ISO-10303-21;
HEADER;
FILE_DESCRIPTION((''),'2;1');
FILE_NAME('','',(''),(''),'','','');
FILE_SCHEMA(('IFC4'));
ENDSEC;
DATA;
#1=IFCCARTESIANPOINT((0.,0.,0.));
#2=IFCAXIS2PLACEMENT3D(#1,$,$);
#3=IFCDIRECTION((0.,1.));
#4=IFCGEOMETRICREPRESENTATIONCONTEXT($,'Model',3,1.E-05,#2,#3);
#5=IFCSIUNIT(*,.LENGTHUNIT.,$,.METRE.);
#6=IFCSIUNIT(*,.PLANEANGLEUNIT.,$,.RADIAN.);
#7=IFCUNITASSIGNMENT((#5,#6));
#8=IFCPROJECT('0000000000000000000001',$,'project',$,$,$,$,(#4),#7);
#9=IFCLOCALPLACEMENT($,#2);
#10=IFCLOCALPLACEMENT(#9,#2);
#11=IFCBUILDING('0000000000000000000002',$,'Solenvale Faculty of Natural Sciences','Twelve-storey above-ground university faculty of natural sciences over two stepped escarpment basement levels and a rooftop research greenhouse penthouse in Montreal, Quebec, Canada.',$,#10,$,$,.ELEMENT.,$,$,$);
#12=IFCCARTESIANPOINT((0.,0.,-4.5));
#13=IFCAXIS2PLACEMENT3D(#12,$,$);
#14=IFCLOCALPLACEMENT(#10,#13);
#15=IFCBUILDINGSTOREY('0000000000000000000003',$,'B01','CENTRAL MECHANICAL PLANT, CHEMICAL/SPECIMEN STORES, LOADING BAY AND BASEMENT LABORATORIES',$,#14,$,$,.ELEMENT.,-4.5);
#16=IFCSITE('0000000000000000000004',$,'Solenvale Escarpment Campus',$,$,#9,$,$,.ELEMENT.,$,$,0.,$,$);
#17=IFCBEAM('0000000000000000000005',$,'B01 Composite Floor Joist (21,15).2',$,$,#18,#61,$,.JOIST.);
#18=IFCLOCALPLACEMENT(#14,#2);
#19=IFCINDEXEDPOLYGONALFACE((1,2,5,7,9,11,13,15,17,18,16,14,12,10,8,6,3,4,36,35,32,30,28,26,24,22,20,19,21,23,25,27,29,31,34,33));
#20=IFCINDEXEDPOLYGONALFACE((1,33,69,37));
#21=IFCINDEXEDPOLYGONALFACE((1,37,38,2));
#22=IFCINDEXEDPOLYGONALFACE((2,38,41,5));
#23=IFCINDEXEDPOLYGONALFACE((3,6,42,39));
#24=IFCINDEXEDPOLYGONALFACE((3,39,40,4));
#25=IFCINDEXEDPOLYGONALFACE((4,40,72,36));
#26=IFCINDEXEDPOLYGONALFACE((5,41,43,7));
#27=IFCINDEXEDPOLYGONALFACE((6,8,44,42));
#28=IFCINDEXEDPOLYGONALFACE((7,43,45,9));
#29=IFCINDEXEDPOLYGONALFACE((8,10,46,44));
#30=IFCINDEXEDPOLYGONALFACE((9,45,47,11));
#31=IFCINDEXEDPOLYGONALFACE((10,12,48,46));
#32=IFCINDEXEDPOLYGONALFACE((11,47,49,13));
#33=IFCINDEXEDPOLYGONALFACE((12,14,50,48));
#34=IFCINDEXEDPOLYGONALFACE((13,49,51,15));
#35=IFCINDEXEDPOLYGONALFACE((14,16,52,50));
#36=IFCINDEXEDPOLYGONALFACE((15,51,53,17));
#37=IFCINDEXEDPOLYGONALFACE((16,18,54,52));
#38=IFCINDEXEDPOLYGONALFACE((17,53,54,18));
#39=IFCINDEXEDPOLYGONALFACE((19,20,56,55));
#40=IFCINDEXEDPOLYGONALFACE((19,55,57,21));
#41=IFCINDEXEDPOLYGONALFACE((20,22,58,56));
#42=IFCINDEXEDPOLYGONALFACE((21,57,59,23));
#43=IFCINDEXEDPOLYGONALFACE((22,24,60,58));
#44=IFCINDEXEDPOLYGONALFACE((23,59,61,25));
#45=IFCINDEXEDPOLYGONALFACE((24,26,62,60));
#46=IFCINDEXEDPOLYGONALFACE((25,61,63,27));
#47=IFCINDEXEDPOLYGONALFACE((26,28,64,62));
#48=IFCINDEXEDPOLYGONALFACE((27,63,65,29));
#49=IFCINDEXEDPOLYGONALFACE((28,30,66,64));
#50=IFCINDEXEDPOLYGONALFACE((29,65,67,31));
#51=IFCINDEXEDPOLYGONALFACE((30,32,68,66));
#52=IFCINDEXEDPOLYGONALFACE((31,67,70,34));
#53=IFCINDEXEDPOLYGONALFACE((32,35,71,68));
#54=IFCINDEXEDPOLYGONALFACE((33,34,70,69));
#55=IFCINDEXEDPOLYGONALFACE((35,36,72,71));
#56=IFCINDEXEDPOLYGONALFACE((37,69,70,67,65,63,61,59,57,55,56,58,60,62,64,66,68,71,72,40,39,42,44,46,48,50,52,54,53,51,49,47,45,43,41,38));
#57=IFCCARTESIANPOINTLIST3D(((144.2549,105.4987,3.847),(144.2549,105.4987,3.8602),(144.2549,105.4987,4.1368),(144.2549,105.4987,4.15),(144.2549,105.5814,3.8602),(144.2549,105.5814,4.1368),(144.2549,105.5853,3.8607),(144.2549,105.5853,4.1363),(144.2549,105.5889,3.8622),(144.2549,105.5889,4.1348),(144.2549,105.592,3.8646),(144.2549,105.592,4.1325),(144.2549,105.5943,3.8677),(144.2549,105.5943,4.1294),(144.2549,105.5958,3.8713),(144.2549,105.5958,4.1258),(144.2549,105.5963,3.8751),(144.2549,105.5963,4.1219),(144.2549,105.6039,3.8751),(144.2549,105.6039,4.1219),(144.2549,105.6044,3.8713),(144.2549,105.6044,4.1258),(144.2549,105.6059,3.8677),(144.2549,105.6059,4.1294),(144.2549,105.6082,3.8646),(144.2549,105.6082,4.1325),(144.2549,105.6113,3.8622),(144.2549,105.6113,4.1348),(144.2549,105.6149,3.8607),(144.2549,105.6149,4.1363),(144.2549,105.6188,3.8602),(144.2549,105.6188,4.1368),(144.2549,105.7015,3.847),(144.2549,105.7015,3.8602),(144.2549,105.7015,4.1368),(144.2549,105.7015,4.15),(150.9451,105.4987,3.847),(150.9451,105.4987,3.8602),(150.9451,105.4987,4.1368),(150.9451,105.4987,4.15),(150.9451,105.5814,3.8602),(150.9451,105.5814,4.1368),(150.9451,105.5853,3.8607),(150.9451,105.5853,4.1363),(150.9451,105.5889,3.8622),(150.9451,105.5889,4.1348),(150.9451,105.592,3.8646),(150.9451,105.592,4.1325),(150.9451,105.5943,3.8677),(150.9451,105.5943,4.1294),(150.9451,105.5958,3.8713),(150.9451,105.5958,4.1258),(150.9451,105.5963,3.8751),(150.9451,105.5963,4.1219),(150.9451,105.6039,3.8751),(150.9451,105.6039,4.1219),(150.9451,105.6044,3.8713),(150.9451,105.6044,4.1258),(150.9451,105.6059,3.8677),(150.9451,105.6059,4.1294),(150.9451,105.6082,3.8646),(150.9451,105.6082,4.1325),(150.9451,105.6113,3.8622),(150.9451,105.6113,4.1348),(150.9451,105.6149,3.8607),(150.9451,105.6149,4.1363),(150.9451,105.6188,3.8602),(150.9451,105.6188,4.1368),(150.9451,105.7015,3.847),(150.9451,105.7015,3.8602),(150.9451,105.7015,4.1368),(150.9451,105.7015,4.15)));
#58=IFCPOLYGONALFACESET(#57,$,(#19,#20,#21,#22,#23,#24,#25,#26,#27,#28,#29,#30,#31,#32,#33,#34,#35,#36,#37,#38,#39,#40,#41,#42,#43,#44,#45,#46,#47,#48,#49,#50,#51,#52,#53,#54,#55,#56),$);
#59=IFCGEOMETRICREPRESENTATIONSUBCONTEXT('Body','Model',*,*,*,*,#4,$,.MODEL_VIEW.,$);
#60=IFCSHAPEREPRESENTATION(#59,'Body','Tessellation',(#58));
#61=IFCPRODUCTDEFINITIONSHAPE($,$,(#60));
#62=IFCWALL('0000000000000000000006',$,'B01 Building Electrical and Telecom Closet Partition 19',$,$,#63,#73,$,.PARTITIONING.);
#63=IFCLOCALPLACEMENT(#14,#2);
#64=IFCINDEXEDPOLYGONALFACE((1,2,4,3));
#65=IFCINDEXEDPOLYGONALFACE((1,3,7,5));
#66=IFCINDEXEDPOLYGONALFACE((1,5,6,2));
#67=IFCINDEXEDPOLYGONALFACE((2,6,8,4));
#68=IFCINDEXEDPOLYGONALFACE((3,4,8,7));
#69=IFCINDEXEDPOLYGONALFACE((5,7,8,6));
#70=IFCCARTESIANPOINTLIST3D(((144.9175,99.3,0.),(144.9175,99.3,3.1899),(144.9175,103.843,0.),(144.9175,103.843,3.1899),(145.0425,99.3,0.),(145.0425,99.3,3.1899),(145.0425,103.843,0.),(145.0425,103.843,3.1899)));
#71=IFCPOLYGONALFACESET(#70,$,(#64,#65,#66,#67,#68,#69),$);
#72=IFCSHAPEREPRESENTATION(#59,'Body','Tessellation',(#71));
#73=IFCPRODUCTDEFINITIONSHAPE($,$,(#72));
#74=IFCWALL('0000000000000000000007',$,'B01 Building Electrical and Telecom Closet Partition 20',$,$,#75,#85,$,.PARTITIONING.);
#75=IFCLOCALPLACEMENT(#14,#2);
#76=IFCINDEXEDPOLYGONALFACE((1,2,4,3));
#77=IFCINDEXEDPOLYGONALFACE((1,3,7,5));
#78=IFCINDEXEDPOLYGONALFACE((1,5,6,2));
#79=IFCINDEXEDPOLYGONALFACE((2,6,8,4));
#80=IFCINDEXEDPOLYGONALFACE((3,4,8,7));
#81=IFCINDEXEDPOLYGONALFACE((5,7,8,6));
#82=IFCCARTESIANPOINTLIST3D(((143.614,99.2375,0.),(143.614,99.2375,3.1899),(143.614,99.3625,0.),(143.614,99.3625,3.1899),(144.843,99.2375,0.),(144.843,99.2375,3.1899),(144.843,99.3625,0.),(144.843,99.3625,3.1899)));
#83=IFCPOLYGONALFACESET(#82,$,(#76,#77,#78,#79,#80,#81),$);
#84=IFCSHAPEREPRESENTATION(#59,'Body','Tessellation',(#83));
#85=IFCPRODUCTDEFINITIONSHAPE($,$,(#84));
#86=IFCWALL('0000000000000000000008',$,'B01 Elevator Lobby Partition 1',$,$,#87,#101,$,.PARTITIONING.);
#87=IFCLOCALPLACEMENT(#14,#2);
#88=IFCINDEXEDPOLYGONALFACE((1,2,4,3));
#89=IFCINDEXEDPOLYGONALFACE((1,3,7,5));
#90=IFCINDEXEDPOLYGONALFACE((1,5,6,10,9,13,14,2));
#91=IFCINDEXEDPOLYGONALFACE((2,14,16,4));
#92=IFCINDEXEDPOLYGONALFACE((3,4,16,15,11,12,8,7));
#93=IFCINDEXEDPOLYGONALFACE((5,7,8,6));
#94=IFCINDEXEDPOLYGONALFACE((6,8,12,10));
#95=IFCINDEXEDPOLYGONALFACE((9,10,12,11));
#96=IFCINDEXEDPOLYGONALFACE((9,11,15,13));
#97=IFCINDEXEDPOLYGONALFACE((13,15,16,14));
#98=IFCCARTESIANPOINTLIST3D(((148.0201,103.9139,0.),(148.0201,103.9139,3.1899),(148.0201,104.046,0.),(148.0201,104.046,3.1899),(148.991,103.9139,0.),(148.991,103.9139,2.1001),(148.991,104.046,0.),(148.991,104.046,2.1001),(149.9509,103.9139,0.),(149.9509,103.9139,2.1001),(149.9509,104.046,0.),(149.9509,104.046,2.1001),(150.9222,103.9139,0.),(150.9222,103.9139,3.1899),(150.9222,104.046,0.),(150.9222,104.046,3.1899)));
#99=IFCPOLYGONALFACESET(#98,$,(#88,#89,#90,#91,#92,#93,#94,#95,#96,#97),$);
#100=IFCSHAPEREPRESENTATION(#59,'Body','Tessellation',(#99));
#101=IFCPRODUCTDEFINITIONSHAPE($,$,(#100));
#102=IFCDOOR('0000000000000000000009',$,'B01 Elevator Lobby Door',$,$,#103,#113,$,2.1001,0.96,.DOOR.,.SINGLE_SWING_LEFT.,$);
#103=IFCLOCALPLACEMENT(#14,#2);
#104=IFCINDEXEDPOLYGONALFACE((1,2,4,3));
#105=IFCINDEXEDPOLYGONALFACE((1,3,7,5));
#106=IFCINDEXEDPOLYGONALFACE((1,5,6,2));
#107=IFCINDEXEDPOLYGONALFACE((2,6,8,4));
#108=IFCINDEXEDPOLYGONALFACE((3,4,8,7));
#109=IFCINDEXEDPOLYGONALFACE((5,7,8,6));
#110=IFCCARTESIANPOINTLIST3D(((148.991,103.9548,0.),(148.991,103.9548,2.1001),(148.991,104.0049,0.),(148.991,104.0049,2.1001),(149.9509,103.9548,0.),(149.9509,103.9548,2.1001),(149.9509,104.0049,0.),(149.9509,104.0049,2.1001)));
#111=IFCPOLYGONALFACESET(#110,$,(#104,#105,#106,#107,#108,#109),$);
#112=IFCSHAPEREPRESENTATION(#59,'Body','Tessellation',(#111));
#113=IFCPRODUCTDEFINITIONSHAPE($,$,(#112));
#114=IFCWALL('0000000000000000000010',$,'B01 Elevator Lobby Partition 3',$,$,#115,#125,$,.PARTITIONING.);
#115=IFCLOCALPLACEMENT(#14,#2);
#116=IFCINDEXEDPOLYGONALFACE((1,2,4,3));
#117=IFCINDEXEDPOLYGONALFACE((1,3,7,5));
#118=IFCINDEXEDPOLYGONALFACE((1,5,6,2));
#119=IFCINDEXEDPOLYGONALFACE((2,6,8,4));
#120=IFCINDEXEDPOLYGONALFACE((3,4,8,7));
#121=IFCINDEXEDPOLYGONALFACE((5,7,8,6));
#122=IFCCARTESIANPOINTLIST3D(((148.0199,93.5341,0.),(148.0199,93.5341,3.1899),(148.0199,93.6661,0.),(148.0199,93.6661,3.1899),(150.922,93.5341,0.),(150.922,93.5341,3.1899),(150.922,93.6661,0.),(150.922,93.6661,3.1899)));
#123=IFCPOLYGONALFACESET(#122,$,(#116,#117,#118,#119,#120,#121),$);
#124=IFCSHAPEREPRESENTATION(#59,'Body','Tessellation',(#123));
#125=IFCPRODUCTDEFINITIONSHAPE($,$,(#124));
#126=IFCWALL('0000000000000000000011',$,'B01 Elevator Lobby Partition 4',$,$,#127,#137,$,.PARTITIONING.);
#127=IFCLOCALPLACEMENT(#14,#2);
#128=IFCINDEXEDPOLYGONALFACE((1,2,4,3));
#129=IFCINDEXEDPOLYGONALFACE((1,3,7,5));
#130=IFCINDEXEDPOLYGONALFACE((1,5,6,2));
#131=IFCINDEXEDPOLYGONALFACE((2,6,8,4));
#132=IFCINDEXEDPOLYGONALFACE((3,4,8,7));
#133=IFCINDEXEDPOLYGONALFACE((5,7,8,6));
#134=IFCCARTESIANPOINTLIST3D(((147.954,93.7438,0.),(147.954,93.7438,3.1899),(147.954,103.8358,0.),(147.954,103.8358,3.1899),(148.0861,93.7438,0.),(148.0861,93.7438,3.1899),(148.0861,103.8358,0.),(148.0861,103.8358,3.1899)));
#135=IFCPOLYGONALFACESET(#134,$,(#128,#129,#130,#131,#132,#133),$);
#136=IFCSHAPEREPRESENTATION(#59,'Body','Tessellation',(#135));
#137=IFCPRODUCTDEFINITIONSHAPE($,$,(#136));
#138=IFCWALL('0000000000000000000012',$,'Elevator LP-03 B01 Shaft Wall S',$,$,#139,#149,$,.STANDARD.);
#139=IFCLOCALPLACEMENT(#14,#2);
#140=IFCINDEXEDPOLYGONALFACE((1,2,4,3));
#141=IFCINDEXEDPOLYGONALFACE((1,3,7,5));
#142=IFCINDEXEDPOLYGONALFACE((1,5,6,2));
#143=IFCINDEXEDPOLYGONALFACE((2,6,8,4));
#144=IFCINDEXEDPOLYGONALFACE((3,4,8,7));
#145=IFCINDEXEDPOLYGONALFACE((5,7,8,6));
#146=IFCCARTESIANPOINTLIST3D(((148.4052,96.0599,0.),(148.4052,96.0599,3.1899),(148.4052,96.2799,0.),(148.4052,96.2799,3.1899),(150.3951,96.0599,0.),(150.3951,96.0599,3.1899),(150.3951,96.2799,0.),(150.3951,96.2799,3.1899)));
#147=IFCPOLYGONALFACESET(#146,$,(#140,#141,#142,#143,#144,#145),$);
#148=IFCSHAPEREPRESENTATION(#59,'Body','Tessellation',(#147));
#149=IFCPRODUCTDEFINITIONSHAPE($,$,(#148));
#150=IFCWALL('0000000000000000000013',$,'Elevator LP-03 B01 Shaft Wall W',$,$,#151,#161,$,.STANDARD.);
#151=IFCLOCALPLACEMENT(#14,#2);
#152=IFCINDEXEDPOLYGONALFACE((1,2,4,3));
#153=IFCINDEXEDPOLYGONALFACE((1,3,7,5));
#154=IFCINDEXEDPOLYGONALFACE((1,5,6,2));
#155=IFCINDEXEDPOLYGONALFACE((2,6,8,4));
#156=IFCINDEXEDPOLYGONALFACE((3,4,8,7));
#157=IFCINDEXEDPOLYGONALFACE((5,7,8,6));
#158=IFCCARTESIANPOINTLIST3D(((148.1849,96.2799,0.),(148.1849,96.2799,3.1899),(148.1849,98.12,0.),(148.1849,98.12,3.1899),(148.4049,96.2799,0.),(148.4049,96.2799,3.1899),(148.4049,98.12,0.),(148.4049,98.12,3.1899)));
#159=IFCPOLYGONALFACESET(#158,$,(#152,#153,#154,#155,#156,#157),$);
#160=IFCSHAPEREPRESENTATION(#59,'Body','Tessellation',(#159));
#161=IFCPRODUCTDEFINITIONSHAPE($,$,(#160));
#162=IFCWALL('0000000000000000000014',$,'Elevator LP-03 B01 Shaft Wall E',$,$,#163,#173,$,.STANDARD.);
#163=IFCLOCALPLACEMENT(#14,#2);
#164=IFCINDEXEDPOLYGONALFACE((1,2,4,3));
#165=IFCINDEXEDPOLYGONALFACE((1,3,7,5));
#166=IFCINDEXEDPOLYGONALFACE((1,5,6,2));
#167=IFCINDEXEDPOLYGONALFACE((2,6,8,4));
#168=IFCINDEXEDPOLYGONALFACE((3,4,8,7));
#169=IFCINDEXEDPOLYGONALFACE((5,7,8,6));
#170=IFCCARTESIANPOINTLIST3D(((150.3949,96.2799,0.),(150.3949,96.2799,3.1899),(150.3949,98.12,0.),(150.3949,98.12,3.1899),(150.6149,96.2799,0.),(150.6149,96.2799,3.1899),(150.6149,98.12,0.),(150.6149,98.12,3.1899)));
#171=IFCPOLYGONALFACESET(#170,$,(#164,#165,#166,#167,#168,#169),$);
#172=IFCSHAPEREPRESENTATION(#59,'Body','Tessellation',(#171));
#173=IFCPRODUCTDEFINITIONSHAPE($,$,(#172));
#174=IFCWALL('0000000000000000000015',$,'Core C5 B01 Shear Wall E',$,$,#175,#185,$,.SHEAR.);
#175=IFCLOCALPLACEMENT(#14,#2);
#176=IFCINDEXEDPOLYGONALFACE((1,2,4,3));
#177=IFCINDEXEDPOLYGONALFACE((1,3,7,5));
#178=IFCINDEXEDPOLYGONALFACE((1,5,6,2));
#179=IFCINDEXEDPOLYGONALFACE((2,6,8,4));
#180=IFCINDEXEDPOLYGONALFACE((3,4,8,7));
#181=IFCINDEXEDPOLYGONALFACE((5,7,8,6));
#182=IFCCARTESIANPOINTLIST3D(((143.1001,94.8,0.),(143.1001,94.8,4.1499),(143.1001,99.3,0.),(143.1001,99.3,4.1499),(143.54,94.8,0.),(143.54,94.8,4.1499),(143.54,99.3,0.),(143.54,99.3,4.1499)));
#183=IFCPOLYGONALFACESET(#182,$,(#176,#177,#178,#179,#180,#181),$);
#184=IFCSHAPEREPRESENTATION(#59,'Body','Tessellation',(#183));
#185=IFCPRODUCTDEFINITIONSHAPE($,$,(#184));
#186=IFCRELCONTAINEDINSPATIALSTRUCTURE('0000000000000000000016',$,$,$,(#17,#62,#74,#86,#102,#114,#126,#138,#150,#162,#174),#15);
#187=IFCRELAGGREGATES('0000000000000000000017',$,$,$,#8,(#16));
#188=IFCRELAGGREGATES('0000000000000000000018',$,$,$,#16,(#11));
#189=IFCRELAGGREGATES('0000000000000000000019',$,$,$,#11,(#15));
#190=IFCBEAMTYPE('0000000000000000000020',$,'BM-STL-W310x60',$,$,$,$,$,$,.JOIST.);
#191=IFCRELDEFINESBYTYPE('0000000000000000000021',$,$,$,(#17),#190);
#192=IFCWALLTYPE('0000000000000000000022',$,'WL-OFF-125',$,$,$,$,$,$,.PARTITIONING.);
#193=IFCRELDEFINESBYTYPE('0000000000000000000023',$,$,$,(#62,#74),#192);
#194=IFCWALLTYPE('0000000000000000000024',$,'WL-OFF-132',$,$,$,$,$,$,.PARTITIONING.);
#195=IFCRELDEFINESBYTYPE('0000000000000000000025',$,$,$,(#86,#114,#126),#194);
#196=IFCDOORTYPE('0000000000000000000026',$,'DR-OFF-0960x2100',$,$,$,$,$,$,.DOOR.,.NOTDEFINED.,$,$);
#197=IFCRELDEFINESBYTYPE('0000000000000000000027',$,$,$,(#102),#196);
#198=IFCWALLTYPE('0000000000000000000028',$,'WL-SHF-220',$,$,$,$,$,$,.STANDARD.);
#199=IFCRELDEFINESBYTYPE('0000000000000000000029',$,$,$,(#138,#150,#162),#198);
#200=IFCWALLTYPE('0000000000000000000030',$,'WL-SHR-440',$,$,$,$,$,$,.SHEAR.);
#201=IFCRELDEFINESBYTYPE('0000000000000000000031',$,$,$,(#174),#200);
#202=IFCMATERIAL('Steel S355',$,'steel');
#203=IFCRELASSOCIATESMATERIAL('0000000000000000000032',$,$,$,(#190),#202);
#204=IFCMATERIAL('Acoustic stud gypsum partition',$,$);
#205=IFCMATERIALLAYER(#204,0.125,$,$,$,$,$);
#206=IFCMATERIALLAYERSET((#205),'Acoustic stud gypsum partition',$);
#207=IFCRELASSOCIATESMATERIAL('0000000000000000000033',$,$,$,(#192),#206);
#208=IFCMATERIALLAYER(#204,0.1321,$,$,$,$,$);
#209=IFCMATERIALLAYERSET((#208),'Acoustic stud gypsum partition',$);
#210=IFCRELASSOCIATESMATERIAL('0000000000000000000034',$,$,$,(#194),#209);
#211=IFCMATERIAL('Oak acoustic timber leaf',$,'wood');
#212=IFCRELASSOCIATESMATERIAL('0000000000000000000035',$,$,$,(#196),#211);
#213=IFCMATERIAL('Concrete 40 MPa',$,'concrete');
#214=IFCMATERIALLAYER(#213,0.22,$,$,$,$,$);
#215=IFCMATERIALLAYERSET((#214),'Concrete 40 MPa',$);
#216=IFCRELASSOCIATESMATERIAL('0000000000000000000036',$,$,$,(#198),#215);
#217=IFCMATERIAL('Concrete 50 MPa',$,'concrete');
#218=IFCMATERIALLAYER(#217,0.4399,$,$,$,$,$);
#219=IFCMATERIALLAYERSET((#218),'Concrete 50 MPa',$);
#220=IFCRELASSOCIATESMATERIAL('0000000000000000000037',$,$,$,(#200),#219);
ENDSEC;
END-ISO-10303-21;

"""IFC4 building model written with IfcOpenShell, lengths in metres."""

from ifc_helpers import new_model, si_unit, direction, frame, frame_2d, origin, origin_2d, place, context, subcontext, project, spatial, rectangle, i_section, extrude, material, layer, layer_set, material_profile, profile_set, type_object, element, fill, save


model = new_model("IFC4")

# Units and contexts
model_context = context("Model", 3, precision=1e-05, world=origin(), true_north=direction((0.0, 1.0)))
body_context = subcontext(model_context, "Body", "Model", "MODEL_VIEW")
ifc_project = project(units=[si_unit("LENGTHUNIT", "METRE"), si_unit("PLANEANGLEUNIT", "RADIAN")], contexts=[model_context])

# Site, building, storey
site_placement = place(None, origin())
site = spatial("IfcSite", under=ifc_project, at=site_placement, Name="Solenvale Escarpment Campus", CompositionType="ELEMENT", RefElevation=0.0)
building_placement = place(site_placement, origin())
building = spatial("IfcBuilding", under=site, at=building_placement, Name="Solenvale Faculty of Natural Sciences", Description="Twelve-storey above-ground university faculty of natural sciences over two stepped escarpment basement levels and a rooftop research greenhouse penthouse in Montreal, Quebec, Canada.", CompositionType="ELEMENT")
storey_placement = place(building_placement, frame((0.0, 0.0, -4.5)))
storey = spatial("IfcBuildingStorey", under=building, at=storey_placement, Name="B01", Description="CENTRAL MECHANICAL PLANT, CHEMICAL/SPECIMEN STORES, LOADING BAY AND BASEMENT LABORATORIES", CompositionType="ELEMENT", Elevation=-4.5)

# Shared definitions
ifc_material_1 = material(Name="Concrete 50 MPa", Category="concrete")

# Beam
ifc_material_2 = material(Name="Concrete 40 MPa", Category="concrete")
ifc_material_3 = material(Name="Steel S355", Category="steel")
ifc_material_profile_1 = material_profile(ifc_material_3, i_section(OverallWidth=0.2029, OverallDepth=0.303, WebThickness=0.0076, FlangeThickness=0.0132, FilletRadius=0.0149, at=origin_2d()), Name="W310x60")
ifc_profile_set_1 = profile_set([ifc_material_profile_1], Name="Steel S355")
beam_type_1 = type_object("IfcBeamType", Name="BM-STL-W310x60", PredefinedType="JOIST", material=ifc_profile_set_1)
for number, where, z_axis, x_axis, name in (
    (1, (144.2549, 105.6001, 3.9985), (1.0, 0.0, 0.0), (0.0, 1.0, 0.0), "B01 Composite Floor Joist (21,15).2"),
):
    element("IfcBeam", number, at=place(storey_placement, frame(where, z_axis=z_axis, x_axis=x_axis)), inside=storey, type_object=beam_type_1, Name=name, PredefinedType="JOIST", context=body_context, shape_type="SweptSolid", body=[
        extrude(i_section(OverallWidth=0.2029, OverallDepth=0.303, WebThickness=0.0076, FlangeThickness=0.0132, FilletRadius=0.0149, at=origin_2d()), origin(), (0.0, 0.0, 1.0), 6.6902),
    ])

# Walls
ifc_material_4 = material(Name="Acoustic stud gypsum partition")
ifc_layer_1 = layer(ifc_material_4, 0.125)
ifc_layer_set_1 = layer_set([ifc_layer_1], Name="Acoustic stud gypsum partition")
wall_type_1 = type_object("IfcWallType", Name="WL-OFF-125", PredefinedType="PARTITIONING", material=ifc_layer_set_1)
wall_1_placement = place(storey_placement, frame((144.98, 103.843, 0.0), z_axis=(0.0, 0.0, 1.0), x_axis=(0.0, -1.0, 0.0)))
element("IfcWall", 2, at=wall_1_placement, inside=storey, type_object=wall_type_1, Name="B01 Building Electrical and Telecom Closet Partition 19", PredefinedType="PARTITIONING", context=body_context, shape_type="SweptSolid", body=[
    extrude(rectangle(XDim=4.543, YDim=0.125, at=frame_2d((2.2715, 0.0))), origin(), (0.0, 0.0, 1.0), 3.1899),
])
wall_2_placement = place(storey_placement, frame((144.843, 99.3, 0.0), z_axis=(0.0, 0.0, 1.0), x_axis=(-1.0, 0.0, 0.0)))
element("IfcWall", 3, at=wall_2_placement, inside=storey, type_object=wall_type_1, Name="B01 Building Electrical and Telecom Closet Partition 20", PredefinedType="PARTITIONING", context=body_context, shape_type="SweptSolid", body=[
    extrude(rectangle(XDim=1.229, YDim=0.125, at=frame_2d((0.6145, 0.0))), origin(), (0.0, 0.0, 1.0), 3.1899),
])

# Wall, opening, door
ifc_layer_2 = layer(ifc_material_4, 0.1321)
ifc_layer_set_2 = layer_set([ifc_layer_2], Name="Acoustic stud gypsum partition")
wall_type_2 = type_object("IfcWallType", Name="WL-OFF-132", PredefinedType="PARTITIONING", material=ifc_layer_set_2)
wall_3_placement = place(storey_placement, frame((148.02, 103.98, 0.0), z_axis=(0.0, 0.0, 1.0), x_axis=(1.0, 0.0, 0.0)))
wall_3 = element("IfcWall", 4, at=wall_3_placement, inside=storey, type_object=wall_type_2, Name="B01 Elevator Lobby Partition 1", PredefinedType="PARTITIONING", context=body_context, shape_type="SweptSolid", body=[
    extrude(rectangle(XDim=2.9021, YDim=0.1321, at=frame_2d((1.4512, 0.0))), origin(), (0.0, 0.0, 1.0), 3.1899),
])
opening_1_placement = place(wall_3_placement, frame((0.9709, 0.0, 0.0)))
opening_1 = element("IfcOpeningElement", 5, at=opening_1_placement, cuts=wall_3, PredefinedType="OPENING", context=body_context, shape_type="SweptSolid", body=[
    extrude(rectangle(XDim=0.96, YDim=2.1001, at=frame_2d((0.48, 1.05))), frame((0.0, 0.0759, 0.0), z_axis=(0.0, -1.0, 0.0), x_axis=(1.0, 0.0, 0.0)), (0.0, 0.0, 1.0), 0.1521),
])
ifc_material_5 = material(Name="Oak acoustic timber leaf", Category="wood")
door_type_1 = type_object("IfcDoorType", Name="DR-OFF-0960x2100", OperationType="NOTDEFINED", PredefinedType="DOOR", material=ifc_material_5)
door_1_placement = place(opening_1_placement, origin())
door_1 = element("IfcDoor", 6, at=door_1_placement, inside=storey, type_object=door_type_1, Name="B01 Elevator Lobby Door", OperationType="SINGLE_SWING_LEFT", OverallHeight=2.1001, OverallWidth=0.96, PredefinedType="DOOR", context=body_context, shape_type="SweptSolid", body=[
    extrude(rectangle(XDim=0.96, YDim=2.1001, at=frame_2d((0.48, 1.05))), frame((0.0, 0.0249, 0.0), z_axis=(0.0, -1.0, 0.0), x_axis=(1.0, 0.0, 0.0)), (0.0, 0.0, 1.0), 0.05),
])
fill(opening_1, door_1)

# Walls
wall_4_placement = place(storey_placement, frame((150.9221, 93.6001, 0.0), z_axis=(0.0, 0.0, 1.0), x_axis=(-1.0, 0.0, 0.0)))
element("IfcWall", 7, at=wall_4_placement, inside=storey, type_object=wall_type_2, Name="B01 Elevator Lobby Partition 3", PredefinedType="PARTITIONING", context=body_context, shape_type="SweptSolid", body=[
    extrude(rectangle(XDim=2.9021, YDim=0.1321, at=frame_2d((1.4512, 0.0))), origin(), (0.0, 0.0, 1.0), 3.1899),
])
wall_5_placement = place(storey_placement, frame((148.02, 93.7439, 0.0), z_axis=(0.0, 0.0, 1.0), x_axis=(0.0, 1.0, 0.0)))
element("IfcWall", 8, at=wall_5_placement, inside=storey, type_object=wall_type_2, Name="B01 Elevator Lobby Partition 4", PredefinedType="PARTITIONING", context=body_context, shape_type="SweptSolid", body=[
    extrude(rectangle(XDim=10.092, YDim=0.1321, at=frame_2d((5.0459, 0.0))), origin(), (0.0, 0.0, 1.0), 3.1899),
])
ifc_layer_3 = layer(ifc_material_2, 0.22)
ifc_layer_set_3 = layer_set([ifc_layer_3], Name="Concrete 40 MPa")
wall_type_3 = type_object("IfcWallType", Name="WL-SHF-220", PredefinedType="STANDARD", material=ifc_layer_set_3)
wall_6_placement = place(storey_placement, frame((148.405, 96.1699, 0.0), z_axis=(0.0, 0.0, 1.0), x_axis=(1.0, 0.0, 0.0)))
element("IfcWall", 9, at=wall_6_placement, inside=storey, type_object=wall_type_3, Name="Elevator LP-03 B01 Shaft Wall S", PredefinedType="STANDARD", context=body_context, shape_type="SweptSolid", body=[
    extrude(rectangle(XDim=1.99, YDim=0.22, at=frame_2d((0.9951, 0.0))), origin(), (0.0, 0.0, 1.0), 3.1899),
])

# Walls
for number, where, z_axis, x_axis, name in (
    (10, (148.2949, 96.28, 0.0), (0.0, 0.0, 1.0), (0.0, 1.0, 0.0), "Elevator LP-03 B01 Shaft Wall W"),
    (11, (150.5049, 96.28, 0.0), (0.0, 0.0, 1.0), (0.0, 1.0, 0.0), "Elevator LP-03 B01 Shaft Wall E"),
):
    element("IfcWall", number, at=place(storey_placement, frame(where, z_axis=z_axis, x_axis=x_axis)), inside=storey, type_object=wall_type_3, Name=name, PredefinedType="STANDARD", context=body_context, shape_type="SweptSolid", body=[
        extrude(rectangle(XDim=1.8401, YDim=0.22, at=frame_2d((0.9199, 0.0))), origin(), (0.0, 0.0, 1.0), 3.1899),
    ])
ifc_layer_4 = layer(ifc_material_1, 0.4399)
ifc_layer_set_4 = layer_set([ifc_layer_4], Name="Concrete 50 MPa")
wall_type_4 = type_object("IfcWallType", Name="WL-SHR-440", PredefinedType="SHEAR", material=ifc_layer_set_4)
wall_7_placement = place(storey_placement, frame((143.3201, 94.8, 0.0), z_axis=(0.0, 0.0, 1.0), x_axis=(0.0, 1.0, 0.0)))
element("IfcWall", 12, at=wall_7_placement, inside=storey, type_object=wall_type_4, Name="Core C5 B01 Shear Wall E", PredefinedType="SHEAR", context=body_context, shape_type="SweptSolid", body=[
    extrude(rectangle(XDim=4.5, YDim=0.4399, at=frame_2d((2.25, 0.0))), origin(), (0.0, 0.0, 1.0), 4.1499),
])

save(model, "model.ifc")
